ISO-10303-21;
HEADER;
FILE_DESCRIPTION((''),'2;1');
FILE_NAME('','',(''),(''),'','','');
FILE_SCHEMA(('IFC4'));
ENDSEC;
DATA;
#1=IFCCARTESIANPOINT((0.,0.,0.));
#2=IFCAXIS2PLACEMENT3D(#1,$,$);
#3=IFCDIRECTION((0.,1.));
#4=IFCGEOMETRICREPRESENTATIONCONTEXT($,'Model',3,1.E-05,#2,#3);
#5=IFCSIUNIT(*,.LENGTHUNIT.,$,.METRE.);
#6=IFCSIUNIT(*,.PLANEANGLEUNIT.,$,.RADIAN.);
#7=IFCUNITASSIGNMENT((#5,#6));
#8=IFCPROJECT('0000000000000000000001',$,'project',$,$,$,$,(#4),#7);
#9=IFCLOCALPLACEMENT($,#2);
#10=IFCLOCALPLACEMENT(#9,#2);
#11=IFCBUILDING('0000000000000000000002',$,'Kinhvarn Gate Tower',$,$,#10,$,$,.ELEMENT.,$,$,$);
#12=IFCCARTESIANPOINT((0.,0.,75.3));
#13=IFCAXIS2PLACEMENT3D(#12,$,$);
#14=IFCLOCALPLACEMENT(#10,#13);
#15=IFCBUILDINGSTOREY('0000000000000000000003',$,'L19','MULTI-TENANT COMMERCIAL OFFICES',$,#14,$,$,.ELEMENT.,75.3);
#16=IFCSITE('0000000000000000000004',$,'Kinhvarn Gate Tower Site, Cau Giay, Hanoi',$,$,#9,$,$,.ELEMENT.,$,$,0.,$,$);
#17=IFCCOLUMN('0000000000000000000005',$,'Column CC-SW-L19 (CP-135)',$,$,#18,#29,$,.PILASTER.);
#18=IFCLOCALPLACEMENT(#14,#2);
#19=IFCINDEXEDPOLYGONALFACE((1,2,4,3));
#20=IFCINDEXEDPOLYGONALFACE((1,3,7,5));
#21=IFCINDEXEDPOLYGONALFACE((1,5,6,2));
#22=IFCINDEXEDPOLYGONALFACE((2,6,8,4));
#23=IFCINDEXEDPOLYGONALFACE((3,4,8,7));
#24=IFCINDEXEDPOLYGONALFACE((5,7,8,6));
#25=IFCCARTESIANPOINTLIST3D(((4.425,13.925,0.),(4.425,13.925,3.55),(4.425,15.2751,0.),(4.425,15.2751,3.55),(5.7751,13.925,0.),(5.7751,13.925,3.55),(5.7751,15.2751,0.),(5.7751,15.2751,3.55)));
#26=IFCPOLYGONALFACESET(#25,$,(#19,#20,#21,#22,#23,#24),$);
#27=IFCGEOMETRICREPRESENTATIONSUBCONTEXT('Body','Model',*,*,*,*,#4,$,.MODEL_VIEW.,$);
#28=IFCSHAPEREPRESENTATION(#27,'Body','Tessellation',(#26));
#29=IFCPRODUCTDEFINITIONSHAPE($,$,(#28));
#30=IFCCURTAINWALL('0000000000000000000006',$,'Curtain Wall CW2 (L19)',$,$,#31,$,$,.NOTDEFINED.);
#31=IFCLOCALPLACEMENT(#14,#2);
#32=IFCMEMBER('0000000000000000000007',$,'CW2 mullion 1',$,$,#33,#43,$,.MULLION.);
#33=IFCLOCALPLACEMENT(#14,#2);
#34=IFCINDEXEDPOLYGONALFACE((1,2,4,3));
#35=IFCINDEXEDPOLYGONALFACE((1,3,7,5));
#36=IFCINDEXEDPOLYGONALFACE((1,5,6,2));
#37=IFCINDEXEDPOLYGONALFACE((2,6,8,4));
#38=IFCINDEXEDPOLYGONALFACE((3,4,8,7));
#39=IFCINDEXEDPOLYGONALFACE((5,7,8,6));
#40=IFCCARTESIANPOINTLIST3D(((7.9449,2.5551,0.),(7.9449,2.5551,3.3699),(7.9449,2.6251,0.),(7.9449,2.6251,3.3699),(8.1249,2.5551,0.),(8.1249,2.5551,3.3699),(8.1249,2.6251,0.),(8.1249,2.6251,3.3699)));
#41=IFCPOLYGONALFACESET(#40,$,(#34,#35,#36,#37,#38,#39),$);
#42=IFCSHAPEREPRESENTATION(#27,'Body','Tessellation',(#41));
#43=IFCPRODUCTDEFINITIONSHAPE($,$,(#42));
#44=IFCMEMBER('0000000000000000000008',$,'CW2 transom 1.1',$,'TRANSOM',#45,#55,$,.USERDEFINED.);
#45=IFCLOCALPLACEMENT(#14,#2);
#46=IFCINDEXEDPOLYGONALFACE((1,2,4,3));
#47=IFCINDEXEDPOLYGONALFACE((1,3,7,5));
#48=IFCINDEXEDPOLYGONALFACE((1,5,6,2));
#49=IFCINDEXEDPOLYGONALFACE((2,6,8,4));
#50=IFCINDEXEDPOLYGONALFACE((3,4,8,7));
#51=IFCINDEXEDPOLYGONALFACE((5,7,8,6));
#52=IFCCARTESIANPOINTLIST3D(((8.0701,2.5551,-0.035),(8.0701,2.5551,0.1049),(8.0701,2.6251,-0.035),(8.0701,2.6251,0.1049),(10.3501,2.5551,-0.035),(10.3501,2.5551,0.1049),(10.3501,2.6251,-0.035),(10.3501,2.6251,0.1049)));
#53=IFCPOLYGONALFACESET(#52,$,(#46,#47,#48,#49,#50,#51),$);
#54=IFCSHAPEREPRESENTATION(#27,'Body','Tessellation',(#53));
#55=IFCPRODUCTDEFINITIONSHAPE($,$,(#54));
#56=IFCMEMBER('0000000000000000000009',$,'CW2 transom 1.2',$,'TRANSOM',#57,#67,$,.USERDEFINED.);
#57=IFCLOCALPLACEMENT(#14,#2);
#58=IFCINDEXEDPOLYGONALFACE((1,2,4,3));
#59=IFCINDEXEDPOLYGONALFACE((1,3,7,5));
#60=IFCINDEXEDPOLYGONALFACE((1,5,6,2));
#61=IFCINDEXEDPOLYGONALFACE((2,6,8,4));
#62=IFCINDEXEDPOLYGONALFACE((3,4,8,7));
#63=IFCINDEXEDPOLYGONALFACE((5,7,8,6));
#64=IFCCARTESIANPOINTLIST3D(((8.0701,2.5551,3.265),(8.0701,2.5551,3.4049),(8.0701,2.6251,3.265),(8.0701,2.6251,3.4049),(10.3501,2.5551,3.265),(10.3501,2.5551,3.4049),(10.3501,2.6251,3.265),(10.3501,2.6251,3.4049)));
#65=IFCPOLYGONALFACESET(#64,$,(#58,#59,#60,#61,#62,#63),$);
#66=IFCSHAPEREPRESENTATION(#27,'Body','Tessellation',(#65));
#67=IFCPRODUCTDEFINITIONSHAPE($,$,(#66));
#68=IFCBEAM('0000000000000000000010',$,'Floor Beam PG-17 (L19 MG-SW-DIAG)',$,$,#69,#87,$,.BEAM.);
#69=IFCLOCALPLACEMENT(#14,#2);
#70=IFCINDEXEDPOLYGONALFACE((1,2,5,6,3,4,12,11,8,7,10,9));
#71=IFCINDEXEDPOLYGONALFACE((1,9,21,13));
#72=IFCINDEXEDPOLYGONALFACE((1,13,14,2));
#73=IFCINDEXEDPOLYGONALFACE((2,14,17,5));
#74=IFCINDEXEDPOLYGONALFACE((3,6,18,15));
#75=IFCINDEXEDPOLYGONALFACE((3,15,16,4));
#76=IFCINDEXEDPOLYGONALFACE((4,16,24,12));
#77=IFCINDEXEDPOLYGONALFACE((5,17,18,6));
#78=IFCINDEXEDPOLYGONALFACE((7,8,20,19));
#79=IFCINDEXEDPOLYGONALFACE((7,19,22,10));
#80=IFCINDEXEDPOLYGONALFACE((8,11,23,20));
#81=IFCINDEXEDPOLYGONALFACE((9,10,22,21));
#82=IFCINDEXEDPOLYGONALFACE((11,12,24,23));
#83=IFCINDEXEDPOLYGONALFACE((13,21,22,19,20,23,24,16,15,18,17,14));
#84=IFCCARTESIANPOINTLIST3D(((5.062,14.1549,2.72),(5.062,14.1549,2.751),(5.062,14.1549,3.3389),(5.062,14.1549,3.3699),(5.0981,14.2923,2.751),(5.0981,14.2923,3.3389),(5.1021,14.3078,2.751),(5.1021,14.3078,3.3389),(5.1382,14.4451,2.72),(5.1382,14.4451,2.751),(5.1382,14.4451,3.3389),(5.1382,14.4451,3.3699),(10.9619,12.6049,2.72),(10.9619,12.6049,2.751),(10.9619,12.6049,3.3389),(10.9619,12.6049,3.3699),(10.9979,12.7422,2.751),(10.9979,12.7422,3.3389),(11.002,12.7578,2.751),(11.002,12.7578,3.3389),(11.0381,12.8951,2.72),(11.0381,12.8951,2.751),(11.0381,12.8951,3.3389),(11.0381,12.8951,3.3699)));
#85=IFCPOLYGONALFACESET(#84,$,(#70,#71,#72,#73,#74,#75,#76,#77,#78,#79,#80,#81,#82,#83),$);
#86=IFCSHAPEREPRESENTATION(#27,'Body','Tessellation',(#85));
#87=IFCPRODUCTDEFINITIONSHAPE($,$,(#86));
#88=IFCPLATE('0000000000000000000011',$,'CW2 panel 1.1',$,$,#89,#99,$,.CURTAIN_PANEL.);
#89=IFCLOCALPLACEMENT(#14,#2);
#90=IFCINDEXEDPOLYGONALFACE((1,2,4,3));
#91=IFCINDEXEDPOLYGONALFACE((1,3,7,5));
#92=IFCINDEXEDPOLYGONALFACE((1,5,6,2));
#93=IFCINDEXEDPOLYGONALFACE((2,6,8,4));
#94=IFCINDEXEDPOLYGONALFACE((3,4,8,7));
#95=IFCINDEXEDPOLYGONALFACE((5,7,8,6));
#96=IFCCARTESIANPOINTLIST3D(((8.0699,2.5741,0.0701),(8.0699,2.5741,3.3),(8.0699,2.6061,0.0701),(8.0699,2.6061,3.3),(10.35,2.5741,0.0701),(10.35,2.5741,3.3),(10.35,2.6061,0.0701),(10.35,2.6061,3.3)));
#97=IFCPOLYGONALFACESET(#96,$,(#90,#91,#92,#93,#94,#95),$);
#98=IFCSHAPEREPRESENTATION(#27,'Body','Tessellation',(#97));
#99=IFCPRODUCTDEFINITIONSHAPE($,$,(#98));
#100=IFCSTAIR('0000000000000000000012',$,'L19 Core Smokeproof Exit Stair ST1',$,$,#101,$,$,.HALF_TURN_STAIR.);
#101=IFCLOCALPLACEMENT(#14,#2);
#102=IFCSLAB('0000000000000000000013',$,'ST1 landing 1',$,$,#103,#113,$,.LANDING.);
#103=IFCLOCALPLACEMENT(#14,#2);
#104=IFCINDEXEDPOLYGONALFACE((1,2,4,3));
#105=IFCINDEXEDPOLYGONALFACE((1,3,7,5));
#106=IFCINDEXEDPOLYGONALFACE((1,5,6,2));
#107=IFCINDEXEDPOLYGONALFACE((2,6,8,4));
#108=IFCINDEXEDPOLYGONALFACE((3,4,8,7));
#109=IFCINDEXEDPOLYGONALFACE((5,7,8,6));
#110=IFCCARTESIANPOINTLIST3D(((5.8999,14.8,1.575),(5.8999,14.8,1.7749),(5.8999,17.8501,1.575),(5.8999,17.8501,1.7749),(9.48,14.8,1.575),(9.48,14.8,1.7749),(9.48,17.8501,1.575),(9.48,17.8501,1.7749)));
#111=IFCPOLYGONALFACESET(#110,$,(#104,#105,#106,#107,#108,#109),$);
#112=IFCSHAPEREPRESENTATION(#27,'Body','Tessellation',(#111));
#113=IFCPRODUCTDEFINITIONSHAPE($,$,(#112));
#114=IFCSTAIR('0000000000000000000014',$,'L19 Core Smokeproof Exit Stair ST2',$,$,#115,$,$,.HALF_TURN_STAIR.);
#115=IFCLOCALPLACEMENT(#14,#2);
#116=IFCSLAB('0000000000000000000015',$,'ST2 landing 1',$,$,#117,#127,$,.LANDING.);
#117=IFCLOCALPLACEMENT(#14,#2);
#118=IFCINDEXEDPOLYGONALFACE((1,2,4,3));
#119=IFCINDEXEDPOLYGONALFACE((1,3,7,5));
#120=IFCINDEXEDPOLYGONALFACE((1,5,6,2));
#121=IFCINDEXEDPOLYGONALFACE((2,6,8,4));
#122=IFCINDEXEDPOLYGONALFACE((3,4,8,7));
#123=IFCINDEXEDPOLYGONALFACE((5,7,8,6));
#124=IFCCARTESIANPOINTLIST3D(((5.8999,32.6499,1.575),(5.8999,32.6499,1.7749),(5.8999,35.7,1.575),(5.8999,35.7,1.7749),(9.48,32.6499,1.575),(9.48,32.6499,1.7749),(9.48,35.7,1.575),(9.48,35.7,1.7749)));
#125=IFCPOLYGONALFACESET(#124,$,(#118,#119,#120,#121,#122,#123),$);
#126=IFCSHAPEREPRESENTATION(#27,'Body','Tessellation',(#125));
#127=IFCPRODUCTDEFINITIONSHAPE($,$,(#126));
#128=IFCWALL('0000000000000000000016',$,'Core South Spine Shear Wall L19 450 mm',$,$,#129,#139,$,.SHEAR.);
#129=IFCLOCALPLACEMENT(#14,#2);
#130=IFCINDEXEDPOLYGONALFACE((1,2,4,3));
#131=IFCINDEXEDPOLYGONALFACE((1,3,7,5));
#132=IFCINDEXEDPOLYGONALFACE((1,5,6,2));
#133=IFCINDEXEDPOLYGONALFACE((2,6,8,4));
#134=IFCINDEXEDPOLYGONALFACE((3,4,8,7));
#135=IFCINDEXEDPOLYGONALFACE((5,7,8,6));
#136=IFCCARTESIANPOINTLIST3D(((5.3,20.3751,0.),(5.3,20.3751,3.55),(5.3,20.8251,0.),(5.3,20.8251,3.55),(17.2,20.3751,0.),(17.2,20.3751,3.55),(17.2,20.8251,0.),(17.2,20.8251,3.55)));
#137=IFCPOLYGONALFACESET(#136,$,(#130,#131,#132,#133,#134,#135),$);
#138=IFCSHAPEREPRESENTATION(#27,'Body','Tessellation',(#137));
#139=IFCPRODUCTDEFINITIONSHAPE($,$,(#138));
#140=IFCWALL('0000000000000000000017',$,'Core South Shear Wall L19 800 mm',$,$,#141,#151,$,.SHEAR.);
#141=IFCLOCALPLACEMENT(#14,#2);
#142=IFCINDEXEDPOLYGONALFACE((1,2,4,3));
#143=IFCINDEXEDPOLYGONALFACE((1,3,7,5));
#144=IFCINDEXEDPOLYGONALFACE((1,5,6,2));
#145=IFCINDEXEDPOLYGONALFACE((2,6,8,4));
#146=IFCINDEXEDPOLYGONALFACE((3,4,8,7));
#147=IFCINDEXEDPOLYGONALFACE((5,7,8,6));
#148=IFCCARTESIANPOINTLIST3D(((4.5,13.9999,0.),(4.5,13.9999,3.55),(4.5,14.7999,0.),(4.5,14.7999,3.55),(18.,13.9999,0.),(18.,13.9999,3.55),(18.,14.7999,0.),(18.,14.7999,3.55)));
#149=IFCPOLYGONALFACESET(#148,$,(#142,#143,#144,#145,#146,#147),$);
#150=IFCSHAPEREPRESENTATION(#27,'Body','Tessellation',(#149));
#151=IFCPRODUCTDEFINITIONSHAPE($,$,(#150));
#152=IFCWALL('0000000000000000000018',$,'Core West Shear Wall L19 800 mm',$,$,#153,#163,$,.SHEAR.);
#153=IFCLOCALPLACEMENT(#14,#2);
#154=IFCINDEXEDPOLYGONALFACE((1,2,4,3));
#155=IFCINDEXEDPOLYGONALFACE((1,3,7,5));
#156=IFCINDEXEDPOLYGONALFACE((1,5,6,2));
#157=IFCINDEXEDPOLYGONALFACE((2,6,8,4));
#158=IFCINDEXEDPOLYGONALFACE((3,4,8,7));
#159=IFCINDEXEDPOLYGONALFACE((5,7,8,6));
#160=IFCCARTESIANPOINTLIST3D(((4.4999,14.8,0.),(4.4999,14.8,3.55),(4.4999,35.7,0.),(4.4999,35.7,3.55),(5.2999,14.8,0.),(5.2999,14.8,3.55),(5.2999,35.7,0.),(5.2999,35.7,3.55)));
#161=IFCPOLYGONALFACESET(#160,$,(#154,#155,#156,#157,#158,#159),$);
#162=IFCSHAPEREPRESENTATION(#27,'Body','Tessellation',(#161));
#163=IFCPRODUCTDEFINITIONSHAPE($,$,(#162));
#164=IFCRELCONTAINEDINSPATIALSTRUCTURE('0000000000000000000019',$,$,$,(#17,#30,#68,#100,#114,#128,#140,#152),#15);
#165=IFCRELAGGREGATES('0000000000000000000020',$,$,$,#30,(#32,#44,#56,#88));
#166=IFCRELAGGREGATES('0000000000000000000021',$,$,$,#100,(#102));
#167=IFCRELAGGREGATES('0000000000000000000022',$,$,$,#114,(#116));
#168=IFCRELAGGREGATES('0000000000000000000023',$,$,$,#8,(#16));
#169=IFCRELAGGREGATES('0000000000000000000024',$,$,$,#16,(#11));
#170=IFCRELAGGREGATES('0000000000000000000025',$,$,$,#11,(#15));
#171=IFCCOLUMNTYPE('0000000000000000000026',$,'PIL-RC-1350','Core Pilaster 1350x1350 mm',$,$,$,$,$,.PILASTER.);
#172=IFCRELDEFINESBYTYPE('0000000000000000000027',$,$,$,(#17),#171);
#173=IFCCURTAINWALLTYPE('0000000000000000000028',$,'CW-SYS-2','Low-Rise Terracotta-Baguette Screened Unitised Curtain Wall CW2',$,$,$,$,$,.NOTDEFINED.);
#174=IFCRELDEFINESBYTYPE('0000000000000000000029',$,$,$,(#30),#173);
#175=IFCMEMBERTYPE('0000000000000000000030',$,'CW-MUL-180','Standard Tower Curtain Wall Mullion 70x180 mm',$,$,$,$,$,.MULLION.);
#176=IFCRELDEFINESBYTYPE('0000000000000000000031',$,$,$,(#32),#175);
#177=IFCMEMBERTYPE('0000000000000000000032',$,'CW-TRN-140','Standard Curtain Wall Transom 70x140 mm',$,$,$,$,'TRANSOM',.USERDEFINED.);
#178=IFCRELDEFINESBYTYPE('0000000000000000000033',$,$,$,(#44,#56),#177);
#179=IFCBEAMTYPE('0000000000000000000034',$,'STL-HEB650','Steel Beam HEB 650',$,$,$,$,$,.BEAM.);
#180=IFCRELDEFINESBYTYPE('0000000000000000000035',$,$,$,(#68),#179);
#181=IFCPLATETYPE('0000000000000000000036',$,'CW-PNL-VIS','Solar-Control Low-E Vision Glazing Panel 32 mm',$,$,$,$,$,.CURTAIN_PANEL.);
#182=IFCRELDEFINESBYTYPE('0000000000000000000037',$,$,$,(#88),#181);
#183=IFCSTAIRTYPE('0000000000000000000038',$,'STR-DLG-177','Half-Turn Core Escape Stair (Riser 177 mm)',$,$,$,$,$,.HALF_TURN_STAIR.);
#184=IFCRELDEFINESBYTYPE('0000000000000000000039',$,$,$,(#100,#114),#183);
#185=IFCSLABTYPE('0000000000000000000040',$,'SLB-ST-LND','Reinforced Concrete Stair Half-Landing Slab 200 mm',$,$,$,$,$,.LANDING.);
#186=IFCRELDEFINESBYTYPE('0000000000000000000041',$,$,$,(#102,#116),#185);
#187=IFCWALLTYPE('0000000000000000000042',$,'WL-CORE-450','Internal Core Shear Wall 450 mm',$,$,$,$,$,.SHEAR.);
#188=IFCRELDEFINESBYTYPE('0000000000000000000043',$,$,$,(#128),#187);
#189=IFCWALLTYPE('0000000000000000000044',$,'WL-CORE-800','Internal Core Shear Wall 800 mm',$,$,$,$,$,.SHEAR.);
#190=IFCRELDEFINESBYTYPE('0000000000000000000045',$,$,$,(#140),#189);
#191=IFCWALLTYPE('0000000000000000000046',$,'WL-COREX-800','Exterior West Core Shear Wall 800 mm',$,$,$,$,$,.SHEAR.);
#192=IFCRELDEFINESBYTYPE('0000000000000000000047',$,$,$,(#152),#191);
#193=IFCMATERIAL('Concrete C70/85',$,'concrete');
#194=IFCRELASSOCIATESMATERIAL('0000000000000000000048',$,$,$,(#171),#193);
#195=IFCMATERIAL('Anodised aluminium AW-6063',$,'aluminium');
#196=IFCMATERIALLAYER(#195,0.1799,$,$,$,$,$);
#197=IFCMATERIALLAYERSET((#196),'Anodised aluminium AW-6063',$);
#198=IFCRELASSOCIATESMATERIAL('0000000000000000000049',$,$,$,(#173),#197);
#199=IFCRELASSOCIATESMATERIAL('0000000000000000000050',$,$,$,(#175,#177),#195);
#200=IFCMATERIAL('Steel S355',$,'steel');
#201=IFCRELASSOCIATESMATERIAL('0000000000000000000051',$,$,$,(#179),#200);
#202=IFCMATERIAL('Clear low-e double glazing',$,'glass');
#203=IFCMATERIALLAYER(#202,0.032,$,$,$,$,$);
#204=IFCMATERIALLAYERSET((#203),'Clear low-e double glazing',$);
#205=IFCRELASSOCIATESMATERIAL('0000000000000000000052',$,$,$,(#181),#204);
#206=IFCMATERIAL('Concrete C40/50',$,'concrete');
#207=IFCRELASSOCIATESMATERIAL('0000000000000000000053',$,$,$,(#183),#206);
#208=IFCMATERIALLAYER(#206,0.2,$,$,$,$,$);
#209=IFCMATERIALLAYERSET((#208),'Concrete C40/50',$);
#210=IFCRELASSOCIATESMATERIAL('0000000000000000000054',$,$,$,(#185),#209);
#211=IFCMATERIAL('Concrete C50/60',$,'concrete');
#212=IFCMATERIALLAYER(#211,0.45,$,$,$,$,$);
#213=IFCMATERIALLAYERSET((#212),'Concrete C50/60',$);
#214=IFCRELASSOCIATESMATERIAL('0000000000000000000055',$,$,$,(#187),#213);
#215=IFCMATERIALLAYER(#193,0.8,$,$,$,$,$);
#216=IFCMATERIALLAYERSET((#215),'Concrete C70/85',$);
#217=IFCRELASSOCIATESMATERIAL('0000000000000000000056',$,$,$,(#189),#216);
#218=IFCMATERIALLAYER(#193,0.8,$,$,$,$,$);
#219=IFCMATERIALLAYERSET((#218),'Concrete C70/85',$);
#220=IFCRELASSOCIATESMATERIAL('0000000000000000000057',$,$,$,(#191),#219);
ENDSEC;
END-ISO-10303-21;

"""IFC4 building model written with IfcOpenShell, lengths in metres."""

from ifc_helpers import new_model, si_unit, direction, frame, frame_2d, origin, origin_2d, place, context, subcontext, project, spatial, polyline, rectangle, i_section, outline, extrude, material, layer, layer_set, material_profile, profile_set, type_object, element, aggregate, save


model = new_model("IFC4")

# Units and contexts
model_context = context("Model", 3, precision=1e-05, world=origin(), true_north=direction((0.0, 1.0)))
body_context = subcontext(model_context, "Body", "Model", "MODEL_VIEW")
ifc_project = project(units=[si_unit("LENGTHUNIT", "METRE"), si_unit("PLANEANGLEUNIT", "RADIAN")], contexts=[model_context])

# Site, building, storey
site_placement = place(None, origin())
site = spatial("IfcSite", under=ifc_project, at=site_placement, Name="Kinhvarn Gate Tower Site, Cau Giay, Hanoi", CompositionType="ELEMENT", RefElevation=0.0)
building_placement = place(site_placement, origin())
building = spatial("IfcBuilding", under=site, at=building_placement, Name="Kinhvarn Gate Tower", CompositionType="ELEMENT")
storey_placement = place(building_placement, frame((0.0, 0.0, 75.3)))
storey = spatial("IfcBuildingStorey", under=building, at=storey_placement, Name="L19", Description="MULTI-TENANT COMMERCIAL OFFICES", CompositionType="ELEMENT", Elevation=75.3)

# Column
ifc_material_1 = material(Name="Concrete C70/85", Category="concrete")
ifc_material_profile_1 = material_profile(ifc_material_1, rectangle(XDim=1.3501, YDim=1.3501, at=origin_2d()), Name="RC 1350x1350")
ifc_profile_set_1 = profile_set([ifc_material_profile_1], Name="Concrete C70/85")
column_type = type_object("IfcColumnType", Name="PIL-RC-1350", Description="Core Pilaster 1350x1350 mm", PredefinedType="PILASTER", material=ifc_profile_set_1)
column_placement = place(storey_placement, frame((5.1001, 14.6001, 0.0), z_axis=(0.0, 0.0, 1.0), x_axis=(1.0, 0.0, 0.0)))
element("IfcColumn", 1, at=column_placement, inside=storey, type_object=column_type, Name="Column CC-SW-L19 (CP-135)", PredefinedType="PILASTER", context=body_context, shape_type="SweptSolid", body=[
    extrude(rectangle(XDim=1.3501, YDim=1.3501, at=origin_2d()), origin(), (0.0, 0.0, 1.0), 3.55),
])

# Curtain wall, members
ifc_material_2 = material(Name="Anodised aluminium AW-6063", Category="aluminium")
ifc_layer_1 = layer(ifc_material_2, 0.1799)
ifc_layer_set_1 = layer_set([ifc_layer_1], Name="Anodised aluminium AW-6063")
curtain_wall_type = type_object("IfcCurtainWallType", Name="CW-SYS-2", Description="Low-Rise Terracotta-Baguette Screened Unitised Curtain Wall CW2", PredefinedType="NOTDEFINED", material=ifc_layer_set_1)
curtain_wall_placement = place(storey_placement, origin())
curtain_wall = element("IfcCurtainWall", 2, at=curtain_wall_placement, inside=storey, type_object=curtain_wall_type, Name="Curtain Wall CW2 (L19)", PredefinedType="NOTDEFINED")
ifc_material_profile_2 = material_profile(ifc_material_2, rectangle(XDim=0.0701, YDim=0.1799, at=origin_2d()), Name="ALU 70x180")
ifc_profile_set_2 = profile_set([ifc_material_profile_2], Name="Anodised aluminium AW-6063")
member_type_1 = type_object("IfcMemberType", Name="CW-MUL-180", Description="Standard Tower Curtain Wall Mullion 70x180 mm", PredefinedType="MULLION", material=ifc_profile_set_2)
member_1_placement = place(storey_placement, frame((8.0349, 2.5901, 0.0), z_axis=(0.0, 0.0, 1.0), x_axis=(0.0, 1.0, 0.0)))
member_1 = element("IfcMember", 3, at=member_1_placement, type_object=member_type_1, Name="CW2 mullion 1", PredefinedType="MULLION", context=body_context, shape_type="SweptSolid", body=[
    extrude(rectangle(XDim=0.0701, YDim=0.1799, at=origin_2d()), origin(), (0.0, 0.0, 1.0), 3.3699),
])
ifc_material_profile_3 = material_profile(ifc_material_2, rectangle(XDim=0.0701, YDim=0.1399, at=origin_2d()), Name="ALU 70x140")
ifc_profile_set_3 = profile_set([ifc_material_profile_3], Name="Anodised aluminium AW-6063")
member_type_2 = type_object("IfcMemberType", Name="CW-TRN-140", Description="Standard Curtain Wall Transom 70x140 mm", ElementType="TRANSOM", PredefinedType="USERDEFINED", material=ifc_profile_set_3)
member_2_placement = place(storey_placement, frame((8.0701, 2.5901, 0.0349), z_axis=(1.0, 0.0, 0.0), x_axis=(0.0, 1.0, 0.0)))
member_2 = element("IfcMember", 4, at=member_2_placement, type_object=member_type_2, Name="CW2 transom 1.1", ObjectType="TRANSOM", PredefinedType="USERDEFINED", context=body_context, shape_type="SweptSolid", body=[
    extrude(rectangle(XDim=0.0701, YDim=0.1399, at=origin_2d()), origin(), (0.0, 0.0, 1.0), 2.28),
])
member_3_placement = place(storey_placement, frame((8.0701, 2.5901, 3.335), z_axis=(1.0, 0.0, 0.0), x_axis=(0.0, 1.0, 0.0)))
member_3 = element("IfcMember", 5, at=member_3_placement, type_object=member_type_2, Name="CW2 transom 1.2", ObjectType="TRANSOM", PredefinedType="USERDEFINED", context=body_context, shape_type="SweptSolid", body=[
    extrude(rectangle(XDim=0.0701, YDim=0.1399, at=origin_2d()), origin(), (0.0, 0.0, 1.0), 2.28),
])

# Beam
ifc_material_3 = material(Name="Steel S355", Category="steel")
ifc_material_profile_4 = material_profile(ifc_material_3, i_section(OverallWidth=0.3, OverallDepth=0.6499, WebThickness=0.0161, FlangeThickness=0.031, at=origin_2d()), Name="HEB 650")
ifc_profile_set_4 = profile_set([ifc_material_profile_4], Name="Steel S355")
beam_type = type_object("IfcBeamType", Name="STL-HEB650", Description="Steel Beam HEB 650", PredefinedType="BEAM", material=ifc_profile_set_4)
beam_placement = place(storey_placement, frame((5.1001, 14.3, 3.0449), z_axis=(0.967178, -0.254101, 0.0), x_axis=(0.254101, 0.967178, 0.0)))
element("IfcBeam", 6, at=beam_placement, inside=storey, type_object=beam_type, Name="Floor Beam PG-17 (L19 MG-SW-DIAG)", PredefinedType="BEAM", context=body_context, shape_type="SweptSolid", body=[
    extrude(i_section(OverallWidth=0.3, OverallDepth=0.6499, WebThickness=0.0161, FlangeThickness=0.031, at=origin_2d()), origin(), (0.0, 0.0, 1.0), 6.1001),
])

# Plate
ifc_material_4 = material(Name="Clear low-e double glazing", Category="glass")
ifc_layer_2 = layer(ifc_material_4, 0.032)
ifc_layer_set_2 = layer_set([ifc_layer_2], Name="Clear low-e double glazing")
plate_type = type_object("IfcPlateType", Name="CW-PNL-VIS", Description="Solar-Control Low-E Vision Glazing Panel 32 mm", PredefinedType="CURTAIN_PANEL", material=ifc_layer_set_2)
plate_placement = place(storey_placement, frame((9.21, 2.5901, 0.0701), z_axis=(0.0, 0.0, 1.0), x_axis=(1.0, 0.0, 0.0)))
plate = element("IfcPlate", 7, at=plate_placement, type_object=plate_type, Name="CW2 panel 1.1", PredefinedType="CURTAIN_PANEL", context=body_context, shape_type="SweptSolid", body=[
    extrude(rectangle(XDim=2.28, YDim=0.032, at=origin_2d()), origin(), (0.0, 0.0, 1.0), 3.23),
])
aggregate(curtain_wall, [member_1, member_2, member_3, plate])

# Stairs, slabs
ifc_material_5 = material(Name="Concrete C40/50", Category="concrete")
stair_type = type_object("IfcStairType", Name="STR-DLG-177", Description="Half-Turn Core Escape Stair (Riser 177 mm)", PredefinedType="HALF_TURN_STAIR", material=ifc_material_5)
stair_1_placement = place(storey_placement, origin())
stair_1 = element("IfcStair", 8, at=stair_1_placement, inside=storey, type_object=stair_type, Name="L19 Core Smokeproof Exit Stair ST1", PredefinedType="HALF_TURN_STAIR")
ifc_layer_3 = layer(ifc_material_5, 0.2)
ifc_layer_set_3 = layer_set([ifc_layer_3], Name="Concrete C40/50")
slab_type = type_object("IfcSlabType", Name="SLB-ST-LND", Description="Reinforced Concrete Stair Half-Landing Slab 200 mm", PredefinedType="LANDING", material=ifc_layer_set_3)
slab_1_placement = place(storey_placement, frame((0.0, 0.0, 1.575)))
slab_1 = element("IfcSlab", 9, at=slab_1_placement, type_object=slab_type, Name="ST1 landing 1", PredefinedType="LANDING", context=body_context, shape_type="SweptSolid", body=[
    extrude(outline(polyline([(9.48, 17.8501), (5.8999, 17.8501), (5.8999, 14.8), (9.48, 14.8), (9.48, 17.8501)])), origin(), (0.0, 0.0, 1.0), 0.2),
])
aggregate(stair_1, [slab_1])
stair_2_placement = place(storey_placement, origin())
stair_2 = element("IfcStair", 10, at=stair_2_placement, inside=storey, type_object=stair_type, Name="L19 Core Smokeproof Exit Stair ST2", PredefinedType="HALF_TURN_STAIR")
slab_2_placement = place(storey_placement, frame((0.0, 0.0, 1.575)))
slab_2 = element("IfcSlab", 11, at=slab_2_placement, type_object=slab_type, Name="ST2 landing 1", PredefinedType="LANDING", context=body_context, shape_type="SweptSolid", body=[
    extrude(outline(polyline([(9.48, 35.7), (5.8999, 35.7), (5.8999, 32.6499), (9.48, 32.6499), (9.48, 35.7)])), origin(), (0.0, 0.0, 1.0), 0.2),
])
aggregate(stair_2, [slab_2])

# Walls
ifc_material_6 = material(Name="Concrete C50/60", Category="concrete")
ifc_layer_4 = layer(ifc_material_6, 0.45)
ifc_layer_set_4 = layer_set([ifc_layer_4], Name="Concrete C50/60")
wall_type_1 = type_object("IfcWallType", Name="WL-CORE-450", Description="Internal Core Shear Wall 450 mm", PredefinedType="SHEAR", material=ifc_layer_set_4)
wall_1_placement = place(storey_placement, frame((5.3, 20.6001, 0.0), z_axis=(0.0, 0.0, 1.0), x_axis=(1.0, 0.0, 0.0)))
element("IfcWall", 12, at=wall_1_placement, inside=storey, type_object=wall_type_1, Name="Core South Spine Shear Wall L19 450 mm", PredefinedType="SHEAR", context=body_context, shape_type="SweptSolid", body=[
    extrude(rectangle(XDim=11.8999, YDim=0.45, at=frame_2d((5.95, 0.0))), origin(), (0.0, 0.0, 1.0), 3.55),
])
ifc_layer_5 = layer(ifc_material_1, 0.8)
ifc_layer_set_5 = layer_set([ifc_layer_5], Name="Concrete C70/85")
wall_type_2 = type_object("IfcWallType", Name="WL-CORE-800", Description="Internal Core Shear Wall 800 mm", PredefinedType="SHEAR", material=ifc_layer_set_5)
wall_2_placement = place(storey_placement, frame((4.5, 14.3999, 0.0), z_axis=(0.0, 0.0, 1.0), x_axis=(1.0, 0.0, 0.0)))
element("IfcWall", 13, at=wall_2_placement, inside=storey, type_object=wall_type_2, Name="Core South Shear Wall L19 800 mm", PredefinedType="SHEAR", context=body_context, shape_type="SweptSolid", body=[
    extrude(rectangle(XDim=13.5, YDim=0.8, at=frame_2d((6.75, 0.0))), origin(), (0.0, 0.0, 1.0), 3.55),
])
ifc_layer_6 = layer(ifc_material_1, 0.8)
ifc_layer_set_6 = layer_set([ifc_layer_6], Name="Concrete C70/85")
wall_type_3 = type_object("IfcWallType", Name="WL-COREX-800", Description="Exterior West Core Shear Wall 800 mm", PredefinedType="SHEAR", material=ifc_layer_set_6)
wall_3_placement = place(storey_placement, frame((4.8999, 14.8, 0.0), z_axis=(0.0, 0.0, 1.0), x_axis=(0.0, 1.0, 0.0)))
element("IfcWall", 14, at=wall_3_placement, inside=storey, type_object=wall_type_3, Name="Core West Shear Wall L19 800 mm", PredefinedType="SHEAR", context=body_context, shape_type="SweptSolid", body=[
    extrude(rectangle(XDim=20.8999, YDim=0.8, at=frame_2d((10.45, 0.0))), origin(), (0.0, 0.0, 1.0), 3.55),
])

save(model, "model.ifc")
